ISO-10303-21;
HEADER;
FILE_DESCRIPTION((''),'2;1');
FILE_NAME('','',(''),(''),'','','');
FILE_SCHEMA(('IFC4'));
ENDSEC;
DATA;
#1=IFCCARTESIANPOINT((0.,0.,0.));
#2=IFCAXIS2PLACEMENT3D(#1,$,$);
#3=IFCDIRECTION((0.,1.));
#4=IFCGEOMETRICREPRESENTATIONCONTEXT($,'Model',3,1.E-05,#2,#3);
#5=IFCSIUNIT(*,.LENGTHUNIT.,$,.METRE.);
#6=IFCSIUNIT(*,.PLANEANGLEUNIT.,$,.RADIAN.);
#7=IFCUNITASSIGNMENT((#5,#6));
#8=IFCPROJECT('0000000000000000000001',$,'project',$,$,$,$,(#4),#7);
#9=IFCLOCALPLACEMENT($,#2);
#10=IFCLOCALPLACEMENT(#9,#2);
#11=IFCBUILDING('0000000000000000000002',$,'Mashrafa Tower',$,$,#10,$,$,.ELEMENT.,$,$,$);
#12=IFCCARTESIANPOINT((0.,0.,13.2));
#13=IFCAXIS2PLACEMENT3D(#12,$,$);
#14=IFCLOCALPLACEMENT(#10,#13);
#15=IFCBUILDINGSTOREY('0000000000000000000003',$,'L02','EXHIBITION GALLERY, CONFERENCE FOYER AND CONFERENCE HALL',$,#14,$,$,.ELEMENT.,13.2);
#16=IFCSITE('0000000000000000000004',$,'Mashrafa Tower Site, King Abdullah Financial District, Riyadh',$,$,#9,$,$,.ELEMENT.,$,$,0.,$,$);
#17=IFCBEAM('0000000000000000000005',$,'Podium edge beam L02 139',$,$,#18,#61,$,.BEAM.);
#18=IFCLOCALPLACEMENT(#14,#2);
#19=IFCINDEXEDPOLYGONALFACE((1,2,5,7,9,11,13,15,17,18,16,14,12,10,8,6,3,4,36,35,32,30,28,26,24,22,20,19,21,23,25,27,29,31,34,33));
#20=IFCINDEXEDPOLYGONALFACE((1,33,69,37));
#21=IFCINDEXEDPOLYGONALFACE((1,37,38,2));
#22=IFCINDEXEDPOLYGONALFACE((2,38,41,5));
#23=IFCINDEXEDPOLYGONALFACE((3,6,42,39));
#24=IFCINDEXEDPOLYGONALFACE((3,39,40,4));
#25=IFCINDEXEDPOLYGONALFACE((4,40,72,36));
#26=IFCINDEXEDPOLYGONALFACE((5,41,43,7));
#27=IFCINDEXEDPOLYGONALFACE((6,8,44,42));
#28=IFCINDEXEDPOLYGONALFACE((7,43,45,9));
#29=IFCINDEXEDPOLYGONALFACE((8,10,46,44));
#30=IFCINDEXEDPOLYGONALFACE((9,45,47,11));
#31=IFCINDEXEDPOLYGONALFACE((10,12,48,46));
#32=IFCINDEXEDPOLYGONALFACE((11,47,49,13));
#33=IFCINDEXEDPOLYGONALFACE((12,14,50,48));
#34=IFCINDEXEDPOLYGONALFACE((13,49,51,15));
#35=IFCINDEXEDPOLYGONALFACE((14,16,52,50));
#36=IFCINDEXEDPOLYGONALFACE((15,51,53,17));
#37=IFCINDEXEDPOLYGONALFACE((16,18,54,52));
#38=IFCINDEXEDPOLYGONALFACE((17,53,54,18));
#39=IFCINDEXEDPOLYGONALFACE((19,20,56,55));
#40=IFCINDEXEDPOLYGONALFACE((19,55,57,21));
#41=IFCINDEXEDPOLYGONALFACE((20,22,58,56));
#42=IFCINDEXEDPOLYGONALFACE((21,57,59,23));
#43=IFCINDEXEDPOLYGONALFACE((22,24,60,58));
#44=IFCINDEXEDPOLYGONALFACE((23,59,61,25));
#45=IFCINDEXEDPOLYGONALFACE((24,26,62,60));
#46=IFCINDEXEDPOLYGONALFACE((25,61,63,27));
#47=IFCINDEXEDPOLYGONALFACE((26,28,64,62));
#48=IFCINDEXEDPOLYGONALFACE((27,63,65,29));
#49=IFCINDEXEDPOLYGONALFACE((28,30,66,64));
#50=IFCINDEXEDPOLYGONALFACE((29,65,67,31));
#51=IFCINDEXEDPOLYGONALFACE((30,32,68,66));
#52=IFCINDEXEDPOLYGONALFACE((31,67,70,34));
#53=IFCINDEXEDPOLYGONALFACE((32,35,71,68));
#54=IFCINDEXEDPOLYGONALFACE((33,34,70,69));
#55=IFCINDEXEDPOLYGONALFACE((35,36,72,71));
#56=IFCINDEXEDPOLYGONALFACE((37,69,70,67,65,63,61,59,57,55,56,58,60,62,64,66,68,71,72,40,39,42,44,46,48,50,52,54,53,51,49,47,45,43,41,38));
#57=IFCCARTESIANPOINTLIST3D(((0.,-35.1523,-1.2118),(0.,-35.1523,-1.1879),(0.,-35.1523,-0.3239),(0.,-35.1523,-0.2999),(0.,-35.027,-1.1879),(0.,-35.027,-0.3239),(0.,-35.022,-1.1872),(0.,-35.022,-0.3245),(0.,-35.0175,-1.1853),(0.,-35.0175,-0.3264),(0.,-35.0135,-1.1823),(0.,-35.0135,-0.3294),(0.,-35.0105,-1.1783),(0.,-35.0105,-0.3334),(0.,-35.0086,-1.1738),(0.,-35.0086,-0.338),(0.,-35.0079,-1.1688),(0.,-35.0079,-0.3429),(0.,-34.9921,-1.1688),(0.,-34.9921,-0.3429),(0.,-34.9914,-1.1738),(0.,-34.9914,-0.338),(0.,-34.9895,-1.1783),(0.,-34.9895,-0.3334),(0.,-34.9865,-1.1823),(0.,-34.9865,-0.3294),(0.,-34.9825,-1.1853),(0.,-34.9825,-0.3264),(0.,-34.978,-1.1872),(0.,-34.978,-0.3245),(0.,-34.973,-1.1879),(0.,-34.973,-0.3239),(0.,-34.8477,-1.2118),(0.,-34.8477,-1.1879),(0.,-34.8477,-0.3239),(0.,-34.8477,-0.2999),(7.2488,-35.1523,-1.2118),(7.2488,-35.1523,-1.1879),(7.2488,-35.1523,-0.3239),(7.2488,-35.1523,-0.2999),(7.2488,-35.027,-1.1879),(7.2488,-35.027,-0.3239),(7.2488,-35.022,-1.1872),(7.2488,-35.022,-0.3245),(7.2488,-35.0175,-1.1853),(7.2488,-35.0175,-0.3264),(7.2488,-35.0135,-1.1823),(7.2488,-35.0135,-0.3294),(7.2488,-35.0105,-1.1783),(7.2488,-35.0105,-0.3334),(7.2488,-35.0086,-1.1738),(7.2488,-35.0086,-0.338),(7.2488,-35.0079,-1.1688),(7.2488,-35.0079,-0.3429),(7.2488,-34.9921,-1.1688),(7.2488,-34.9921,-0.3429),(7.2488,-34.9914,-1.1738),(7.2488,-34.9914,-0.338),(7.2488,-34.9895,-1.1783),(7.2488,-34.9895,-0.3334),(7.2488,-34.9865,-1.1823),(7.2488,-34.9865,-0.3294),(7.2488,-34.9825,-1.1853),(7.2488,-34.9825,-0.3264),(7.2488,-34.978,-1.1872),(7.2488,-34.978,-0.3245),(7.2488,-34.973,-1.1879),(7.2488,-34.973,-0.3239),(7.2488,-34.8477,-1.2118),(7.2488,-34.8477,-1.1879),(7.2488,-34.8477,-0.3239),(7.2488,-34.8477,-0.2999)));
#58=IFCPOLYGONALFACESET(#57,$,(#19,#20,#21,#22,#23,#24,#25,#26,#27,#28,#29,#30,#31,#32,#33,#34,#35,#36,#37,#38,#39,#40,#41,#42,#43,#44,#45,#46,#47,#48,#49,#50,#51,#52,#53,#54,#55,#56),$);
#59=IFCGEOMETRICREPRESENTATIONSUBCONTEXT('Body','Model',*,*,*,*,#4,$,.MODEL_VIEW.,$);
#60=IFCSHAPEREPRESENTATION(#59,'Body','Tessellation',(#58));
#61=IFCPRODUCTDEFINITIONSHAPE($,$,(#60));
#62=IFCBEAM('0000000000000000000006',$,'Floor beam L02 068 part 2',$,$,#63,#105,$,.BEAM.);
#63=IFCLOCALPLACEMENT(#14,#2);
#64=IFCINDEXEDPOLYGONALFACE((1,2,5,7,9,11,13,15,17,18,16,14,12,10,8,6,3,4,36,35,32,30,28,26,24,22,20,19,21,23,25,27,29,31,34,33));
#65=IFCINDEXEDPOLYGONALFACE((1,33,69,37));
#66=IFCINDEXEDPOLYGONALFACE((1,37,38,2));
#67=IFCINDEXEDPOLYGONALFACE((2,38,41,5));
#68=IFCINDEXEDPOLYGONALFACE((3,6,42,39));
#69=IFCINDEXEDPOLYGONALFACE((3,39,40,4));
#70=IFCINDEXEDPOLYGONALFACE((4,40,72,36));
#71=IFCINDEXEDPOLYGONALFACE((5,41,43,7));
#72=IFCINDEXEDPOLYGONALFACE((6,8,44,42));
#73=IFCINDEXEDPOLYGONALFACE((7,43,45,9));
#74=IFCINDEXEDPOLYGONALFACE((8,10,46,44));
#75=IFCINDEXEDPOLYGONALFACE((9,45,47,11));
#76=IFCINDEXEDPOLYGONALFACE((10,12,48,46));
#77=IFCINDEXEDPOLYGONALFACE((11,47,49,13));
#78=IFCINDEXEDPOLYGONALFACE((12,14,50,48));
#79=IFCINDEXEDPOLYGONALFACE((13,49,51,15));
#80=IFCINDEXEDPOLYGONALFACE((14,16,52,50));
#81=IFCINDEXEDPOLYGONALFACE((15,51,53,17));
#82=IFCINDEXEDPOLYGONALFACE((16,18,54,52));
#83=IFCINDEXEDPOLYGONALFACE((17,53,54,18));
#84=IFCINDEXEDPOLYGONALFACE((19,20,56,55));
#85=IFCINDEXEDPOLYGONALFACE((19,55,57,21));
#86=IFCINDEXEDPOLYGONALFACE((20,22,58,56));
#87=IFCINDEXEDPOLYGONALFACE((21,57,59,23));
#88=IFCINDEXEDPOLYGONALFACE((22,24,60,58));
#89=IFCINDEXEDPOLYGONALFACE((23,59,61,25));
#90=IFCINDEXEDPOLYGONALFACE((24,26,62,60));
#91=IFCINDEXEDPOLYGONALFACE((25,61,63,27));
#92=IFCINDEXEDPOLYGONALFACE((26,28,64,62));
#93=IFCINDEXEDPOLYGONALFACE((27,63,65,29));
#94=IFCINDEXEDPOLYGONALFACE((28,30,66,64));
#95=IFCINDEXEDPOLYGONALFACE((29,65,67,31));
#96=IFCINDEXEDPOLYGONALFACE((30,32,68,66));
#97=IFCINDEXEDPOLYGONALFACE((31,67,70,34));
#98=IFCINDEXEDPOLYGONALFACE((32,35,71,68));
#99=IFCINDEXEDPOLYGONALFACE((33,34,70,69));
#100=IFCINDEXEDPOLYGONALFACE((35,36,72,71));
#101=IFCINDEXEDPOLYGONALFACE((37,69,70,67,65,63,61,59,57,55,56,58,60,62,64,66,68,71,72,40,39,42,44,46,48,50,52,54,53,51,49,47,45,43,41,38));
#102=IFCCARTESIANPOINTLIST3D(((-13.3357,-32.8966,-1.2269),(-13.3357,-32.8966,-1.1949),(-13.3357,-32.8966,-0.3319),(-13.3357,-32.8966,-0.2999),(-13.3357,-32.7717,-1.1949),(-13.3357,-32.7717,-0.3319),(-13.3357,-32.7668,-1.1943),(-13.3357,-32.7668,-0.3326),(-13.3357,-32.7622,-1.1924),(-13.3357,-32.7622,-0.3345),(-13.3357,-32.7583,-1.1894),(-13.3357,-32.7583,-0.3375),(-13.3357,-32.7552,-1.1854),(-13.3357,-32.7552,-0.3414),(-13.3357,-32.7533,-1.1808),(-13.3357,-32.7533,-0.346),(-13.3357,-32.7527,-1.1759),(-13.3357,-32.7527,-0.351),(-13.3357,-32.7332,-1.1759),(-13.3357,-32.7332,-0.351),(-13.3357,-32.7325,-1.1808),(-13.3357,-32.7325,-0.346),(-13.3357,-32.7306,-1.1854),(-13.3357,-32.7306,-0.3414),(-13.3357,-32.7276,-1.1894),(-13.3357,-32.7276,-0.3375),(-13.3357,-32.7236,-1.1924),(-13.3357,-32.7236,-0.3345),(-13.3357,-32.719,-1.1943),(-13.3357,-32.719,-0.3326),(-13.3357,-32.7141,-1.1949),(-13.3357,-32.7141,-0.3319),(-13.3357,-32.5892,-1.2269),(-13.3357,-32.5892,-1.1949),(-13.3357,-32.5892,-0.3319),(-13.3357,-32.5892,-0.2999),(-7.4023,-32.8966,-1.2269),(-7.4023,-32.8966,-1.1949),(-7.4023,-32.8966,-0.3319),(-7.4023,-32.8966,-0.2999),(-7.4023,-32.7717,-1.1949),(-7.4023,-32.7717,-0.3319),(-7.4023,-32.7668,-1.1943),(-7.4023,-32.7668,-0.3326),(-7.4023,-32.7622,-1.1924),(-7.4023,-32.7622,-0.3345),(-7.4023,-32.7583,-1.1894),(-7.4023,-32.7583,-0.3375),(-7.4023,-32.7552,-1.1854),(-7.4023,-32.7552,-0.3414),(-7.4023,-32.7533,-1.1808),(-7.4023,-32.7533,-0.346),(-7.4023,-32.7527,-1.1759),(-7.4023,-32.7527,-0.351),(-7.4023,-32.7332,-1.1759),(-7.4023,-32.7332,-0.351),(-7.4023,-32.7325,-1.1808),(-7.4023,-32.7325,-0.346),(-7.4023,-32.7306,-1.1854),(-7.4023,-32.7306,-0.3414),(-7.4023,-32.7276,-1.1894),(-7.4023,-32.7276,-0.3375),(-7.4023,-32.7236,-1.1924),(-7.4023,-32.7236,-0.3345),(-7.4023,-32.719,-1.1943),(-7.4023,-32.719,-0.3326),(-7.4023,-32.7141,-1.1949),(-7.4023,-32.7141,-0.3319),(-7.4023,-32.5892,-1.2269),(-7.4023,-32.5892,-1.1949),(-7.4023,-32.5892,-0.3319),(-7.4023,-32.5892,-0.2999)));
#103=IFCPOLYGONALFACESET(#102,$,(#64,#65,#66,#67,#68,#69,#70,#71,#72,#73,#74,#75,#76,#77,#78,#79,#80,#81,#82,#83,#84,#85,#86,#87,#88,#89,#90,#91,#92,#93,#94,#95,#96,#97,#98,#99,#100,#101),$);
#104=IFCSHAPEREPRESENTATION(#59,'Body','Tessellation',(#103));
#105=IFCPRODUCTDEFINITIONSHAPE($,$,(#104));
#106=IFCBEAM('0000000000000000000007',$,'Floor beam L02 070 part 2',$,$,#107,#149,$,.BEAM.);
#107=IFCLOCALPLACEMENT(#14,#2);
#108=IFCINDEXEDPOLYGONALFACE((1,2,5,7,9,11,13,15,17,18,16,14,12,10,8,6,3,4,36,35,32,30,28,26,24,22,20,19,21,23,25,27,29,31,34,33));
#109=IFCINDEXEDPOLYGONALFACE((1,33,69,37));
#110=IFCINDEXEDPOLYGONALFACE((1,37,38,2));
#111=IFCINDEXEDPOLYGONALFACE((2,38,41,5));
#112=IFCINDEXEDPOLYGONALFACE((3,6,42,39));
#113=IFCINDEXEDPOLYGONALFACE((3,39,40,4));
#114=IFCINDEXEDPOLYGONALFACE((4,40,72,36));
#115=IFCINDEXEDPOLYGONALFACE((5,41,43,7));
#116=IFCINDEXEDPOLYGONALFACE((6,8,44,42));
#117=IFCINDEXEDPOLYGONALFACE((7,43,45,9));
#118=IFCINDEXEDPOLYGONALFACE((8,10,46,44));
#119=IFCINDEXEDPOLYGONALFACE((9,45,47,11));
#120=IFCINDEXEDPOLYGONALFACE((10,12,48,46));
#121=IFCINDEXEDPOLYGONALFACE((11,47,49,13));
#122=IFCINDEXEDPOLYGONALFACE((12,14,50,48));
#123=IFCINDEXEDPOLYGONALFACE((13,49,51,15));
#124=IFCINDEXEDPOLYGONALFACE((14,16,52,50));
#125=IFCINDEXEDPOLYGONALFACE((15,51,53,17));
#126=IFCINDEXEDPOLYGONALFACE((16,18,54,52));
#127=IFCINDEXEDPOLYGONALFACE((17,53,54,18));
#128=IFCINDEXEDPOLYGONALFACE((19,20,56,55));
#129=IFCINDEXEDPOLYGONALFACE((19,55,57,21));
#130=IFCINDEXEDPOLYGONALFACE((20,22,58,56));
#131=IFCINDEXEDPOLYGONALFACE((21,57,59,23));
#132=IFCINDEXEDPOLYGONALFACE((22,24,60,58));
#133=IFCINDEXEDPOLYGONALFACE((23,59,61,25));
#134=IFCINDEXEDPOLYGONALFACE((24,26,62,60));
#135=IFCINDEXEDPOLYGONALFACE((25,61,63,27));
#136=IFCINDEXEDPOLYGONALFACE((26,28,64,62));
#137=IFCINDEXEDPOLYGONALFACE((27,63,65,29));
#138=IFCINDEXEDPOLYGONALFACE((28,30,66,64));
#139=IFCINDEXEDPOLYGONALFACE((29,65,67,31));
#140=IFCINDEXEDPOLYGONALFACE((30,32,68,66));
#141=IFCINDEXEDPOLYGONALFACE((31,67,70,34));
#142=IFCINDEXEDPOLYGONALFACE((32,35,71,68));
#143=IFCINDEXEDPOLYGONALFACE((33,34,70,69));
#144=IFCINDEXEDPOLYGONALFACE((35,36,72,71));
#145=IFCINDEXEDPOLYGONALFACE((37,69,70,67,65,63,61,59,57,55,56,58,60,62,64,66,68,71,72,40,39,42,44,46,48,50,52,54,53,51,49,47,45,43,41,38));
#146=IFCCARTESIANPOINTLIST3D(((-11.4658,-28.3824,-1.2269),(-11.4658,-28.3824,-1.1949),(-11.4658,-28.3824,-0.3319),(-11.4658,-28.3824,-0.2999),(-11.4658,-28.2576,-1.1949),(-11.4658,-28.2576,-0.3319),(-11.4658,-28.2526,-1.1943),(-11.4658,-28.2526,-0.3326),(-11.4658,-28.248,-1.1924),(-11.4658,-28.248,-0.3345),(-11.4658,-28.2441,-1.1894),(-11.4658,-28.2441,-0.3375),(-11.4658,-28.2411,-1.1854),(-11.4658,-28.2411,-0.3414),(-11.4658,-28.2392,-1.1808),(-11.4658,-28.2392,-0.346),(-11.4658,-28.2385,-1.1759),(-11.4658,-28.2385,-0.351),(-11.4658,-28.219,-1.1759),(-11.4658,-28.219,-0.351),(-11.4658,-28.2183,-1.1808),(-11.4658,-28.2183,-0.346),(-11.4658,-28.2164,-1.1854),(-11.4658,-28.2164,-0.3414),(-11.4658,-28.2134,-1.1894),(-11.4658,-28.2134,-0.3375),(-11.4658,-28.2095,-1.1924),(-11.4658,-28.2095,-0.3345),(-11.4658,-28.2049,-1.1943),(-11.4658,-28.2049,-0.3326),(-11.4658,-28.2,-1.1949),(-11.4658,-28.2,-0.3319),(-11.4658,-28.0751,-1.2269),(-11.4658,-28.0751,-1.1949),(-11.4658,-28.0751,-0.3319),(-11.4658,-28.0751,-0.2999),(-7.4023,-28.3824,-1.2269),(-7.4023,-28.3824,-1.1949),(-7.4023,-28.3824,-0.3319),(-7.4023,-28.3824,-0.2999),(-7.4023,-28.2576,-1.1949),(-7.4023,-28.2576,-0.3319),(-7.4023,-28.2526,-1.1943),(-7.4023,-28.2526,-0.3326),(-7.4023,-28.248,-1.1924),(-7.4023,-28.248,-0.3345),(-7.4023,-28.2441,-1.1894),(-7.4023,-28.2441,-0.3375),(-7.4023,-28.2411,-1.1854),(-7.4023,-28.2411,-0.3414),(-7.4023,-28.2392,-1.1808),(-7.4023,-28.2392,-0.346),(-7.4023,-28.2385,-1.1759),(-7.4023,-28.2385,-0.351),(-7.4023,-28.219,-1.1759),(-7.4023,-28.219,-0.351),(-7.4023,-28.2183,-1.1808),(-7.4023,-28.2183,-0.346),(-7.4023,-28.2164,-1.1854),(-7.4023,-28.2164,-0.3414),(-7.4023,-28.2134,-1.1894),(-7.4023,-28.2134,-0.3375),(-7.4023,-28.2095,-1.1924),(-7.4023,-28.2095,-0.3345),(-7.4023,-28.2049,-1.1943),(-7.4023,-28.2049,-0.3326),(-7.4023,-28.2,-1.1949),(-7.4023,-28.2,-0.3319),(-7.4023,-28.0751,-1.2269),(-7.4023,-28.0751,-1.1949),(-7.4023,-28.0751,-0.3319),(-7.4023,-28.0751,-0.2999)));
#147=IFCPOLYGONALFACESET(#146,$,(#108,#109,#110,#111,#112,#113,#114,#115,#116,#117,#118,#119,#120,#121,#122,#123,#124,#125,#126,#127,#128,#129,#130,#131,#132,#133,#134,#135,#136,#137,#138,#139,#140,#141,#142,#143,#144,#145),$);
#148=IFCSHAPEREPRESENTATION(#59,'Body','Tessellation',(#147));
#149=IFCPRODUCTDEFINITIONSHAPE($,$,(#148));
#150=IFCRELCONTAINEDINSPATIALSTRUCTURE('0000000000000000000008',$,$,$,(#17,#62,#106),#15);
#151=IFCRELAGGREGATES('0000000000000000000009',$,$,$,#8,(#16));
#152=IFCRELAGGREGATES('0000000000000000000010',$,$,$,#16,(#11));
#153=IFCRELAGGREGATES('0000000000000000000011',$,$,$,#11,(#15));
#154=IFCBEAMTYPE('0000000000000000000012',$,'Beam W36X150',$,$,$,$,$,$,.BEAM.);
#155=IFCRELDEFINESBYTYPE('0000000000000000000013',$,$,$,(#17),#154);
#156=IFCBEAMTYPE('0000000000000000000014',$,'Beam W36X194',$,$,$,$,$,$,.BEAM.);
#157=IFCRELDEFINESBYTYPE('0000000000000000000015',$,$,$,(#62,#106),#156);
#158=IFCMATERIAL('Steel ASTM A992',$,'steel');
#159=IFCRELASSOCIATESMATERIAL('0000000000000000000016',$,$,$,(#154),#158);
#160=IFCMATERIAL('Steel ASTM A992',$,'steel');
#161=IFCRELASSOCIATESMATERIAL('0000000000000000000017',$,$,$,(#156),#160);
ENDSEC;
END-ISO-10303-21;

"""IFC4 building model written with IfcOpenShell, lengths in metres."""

from ifc_helpers import new_model, si_unit, direction, frame, origin, origin_2d, place, context, subcontext, project, spatial, i_section, extrude, material, material_profile, profile_set, type_object, element, save


model = new_model("IFC4")

# Units and contexts
model_context = context("Model", 3, precision=1e-05, world=origin(), true_north=direction((0.0, 1.0)))
body_context = subcontext(model_context, "Body", "Model", "MODEL_VIEW")
ifc_project = project(units=[si_unit("LENGTHUNIT", "METRE"), si_unit("PLANEANGLEUNIT", "RADIAN")], contexts=[model_context])

# Site, building, storey
site_placement = place(None, origin())
site = spatial("IfcSite", under=ifc_project, at=site_placement, Name="Mashrafa Tower Site, King Abdullah Financial District, Riyadh", CompositionType="ELEMENT", RefElevation=0.0)
building_placement = place(site_placement, origin())
building = spatial("IfcBuilding", under=site, at=building_placement, Name="Mashrafa Tower", CompositionType="ELEMENT")
storey_placement = place(building_placement, frame((0.0, 0.0, 13.2)))
storey = spatial("IfcBuildingStorey", under=building, at=storey_placement, Name="L02", Description="EXHIBITION GALLERY, CONFERENCE FOYER AND CONFERENCE HALL", CompositionType="ELEMENT", Elevation=13.2)

# Beams
ifc_material_1 = material(Name="Steel ASTM A992", Category="steel")
ifc_material_profile_1 = material_profile(ifc_material_1, i_section(OverallWidth=0.3047, OverallDepth=0.9119, WebThickness=0.0159, FlangeThickness=0.0239, FilletRadius=0.019, at=origin_2d()), Name="W36X150")
ifc_profile_set_1 = profile_set([ifc_material_profile_1], Name="Steel ASTM A992")
beam_type_1 = type_object("IfcBeamType", Name="Beam W36X150", PredefinedType="BEAM", material=ifc_profile_set_1)
beam_1_placement = place(storey_placement, frame((0.0, -35.0, -0.7559), z_axis=(1.0, 0.0, 0.0), x_axis=(0.0, 1.0, 0.0)))
element("IfcBeam", 1, at=beam_1_placement, inside=storey, type_object=beam_type_1, Name="Podium edge beam L02 139", PredefinedType="BEAM", context=body_context, shape_type="SweptSolid", body=[
    extrude(i_section(OverallWidth=0.3047, OverallDepth=0.9119, WebThickness=0.0159, FlangeThickness=0.0239, FilletRadius=0.019, at=origin_2d()), origin(), (0.0, 0.0, 1.0), 7.2488),
])
ifc_material_2 = material(Name="Steel ASTM A992", Category="steel")
ifc_material_profile_2 = material_profile(ifc_material_2, i_section(OverallWidth=0.3074, OverallDepth=0.927, WebThickness=0.0195, FlangeThickness=0.032, FilletRadius=0.019, at=origin_2d()), Name="W36X194")
ifc_profile_set_2 = profile_set([ifc_material_profile_2], Name="Steel ASTM A992")
beam_type_2 = type_object("IfcBeamType", Name="Beam W36X194", PredefinedType="BEAM", material=ifc_profile_set_2)
beam_2_placement = place(storey_placement, frame((-7.4023, -32.7429, -0.7634), z_axis=(-1.0, 0.0, 0.0), x_axis=(0.0, -1.0, 0.0)))
element("IfcBeam", 2, at=beam_2_placement, inside=storey, type_object=beam_type_2, Name="Floor beam L02 068 part 2", PredefinedType="BEAM", context=body_context, shape_type="SweptSolid", body=[
    extrude(i_section(OverallWidth=0.3074, OverallDepth=0.927, WebThickness=0.0195, FlangeThickness=0.032, FilletRadius=0.019, at=origin_2d()), origin(), (0.0, 0.0, 1.0), 5.9333),
])
beam_3_placement = place(storey_placement, frame((-7.4023, -28.2288, -0.7634), z_axis=(-1.0, 0.0, 0.0), x_axis=(0.0, -1.0, 0.0)))
element("IfcBeam", 3, at=beam_3_placement, inside=storey, type_object=beam_type_2, Name="Floor beam L02 070 part 2", PredefinedType="BEAM", context=body_context, shape_type="SweptSolid", body=[
    extrude(i_section(OverallWidth=0.3074, OverallDepth=0.927, WebThickness=0.0195, FlangeThickness=0.032, FilletRadius=0.019, at=origin_2d()), origin(), (0.0, 0.0, 1.0), 4.0635),
])

save(model, "model.ifc")
